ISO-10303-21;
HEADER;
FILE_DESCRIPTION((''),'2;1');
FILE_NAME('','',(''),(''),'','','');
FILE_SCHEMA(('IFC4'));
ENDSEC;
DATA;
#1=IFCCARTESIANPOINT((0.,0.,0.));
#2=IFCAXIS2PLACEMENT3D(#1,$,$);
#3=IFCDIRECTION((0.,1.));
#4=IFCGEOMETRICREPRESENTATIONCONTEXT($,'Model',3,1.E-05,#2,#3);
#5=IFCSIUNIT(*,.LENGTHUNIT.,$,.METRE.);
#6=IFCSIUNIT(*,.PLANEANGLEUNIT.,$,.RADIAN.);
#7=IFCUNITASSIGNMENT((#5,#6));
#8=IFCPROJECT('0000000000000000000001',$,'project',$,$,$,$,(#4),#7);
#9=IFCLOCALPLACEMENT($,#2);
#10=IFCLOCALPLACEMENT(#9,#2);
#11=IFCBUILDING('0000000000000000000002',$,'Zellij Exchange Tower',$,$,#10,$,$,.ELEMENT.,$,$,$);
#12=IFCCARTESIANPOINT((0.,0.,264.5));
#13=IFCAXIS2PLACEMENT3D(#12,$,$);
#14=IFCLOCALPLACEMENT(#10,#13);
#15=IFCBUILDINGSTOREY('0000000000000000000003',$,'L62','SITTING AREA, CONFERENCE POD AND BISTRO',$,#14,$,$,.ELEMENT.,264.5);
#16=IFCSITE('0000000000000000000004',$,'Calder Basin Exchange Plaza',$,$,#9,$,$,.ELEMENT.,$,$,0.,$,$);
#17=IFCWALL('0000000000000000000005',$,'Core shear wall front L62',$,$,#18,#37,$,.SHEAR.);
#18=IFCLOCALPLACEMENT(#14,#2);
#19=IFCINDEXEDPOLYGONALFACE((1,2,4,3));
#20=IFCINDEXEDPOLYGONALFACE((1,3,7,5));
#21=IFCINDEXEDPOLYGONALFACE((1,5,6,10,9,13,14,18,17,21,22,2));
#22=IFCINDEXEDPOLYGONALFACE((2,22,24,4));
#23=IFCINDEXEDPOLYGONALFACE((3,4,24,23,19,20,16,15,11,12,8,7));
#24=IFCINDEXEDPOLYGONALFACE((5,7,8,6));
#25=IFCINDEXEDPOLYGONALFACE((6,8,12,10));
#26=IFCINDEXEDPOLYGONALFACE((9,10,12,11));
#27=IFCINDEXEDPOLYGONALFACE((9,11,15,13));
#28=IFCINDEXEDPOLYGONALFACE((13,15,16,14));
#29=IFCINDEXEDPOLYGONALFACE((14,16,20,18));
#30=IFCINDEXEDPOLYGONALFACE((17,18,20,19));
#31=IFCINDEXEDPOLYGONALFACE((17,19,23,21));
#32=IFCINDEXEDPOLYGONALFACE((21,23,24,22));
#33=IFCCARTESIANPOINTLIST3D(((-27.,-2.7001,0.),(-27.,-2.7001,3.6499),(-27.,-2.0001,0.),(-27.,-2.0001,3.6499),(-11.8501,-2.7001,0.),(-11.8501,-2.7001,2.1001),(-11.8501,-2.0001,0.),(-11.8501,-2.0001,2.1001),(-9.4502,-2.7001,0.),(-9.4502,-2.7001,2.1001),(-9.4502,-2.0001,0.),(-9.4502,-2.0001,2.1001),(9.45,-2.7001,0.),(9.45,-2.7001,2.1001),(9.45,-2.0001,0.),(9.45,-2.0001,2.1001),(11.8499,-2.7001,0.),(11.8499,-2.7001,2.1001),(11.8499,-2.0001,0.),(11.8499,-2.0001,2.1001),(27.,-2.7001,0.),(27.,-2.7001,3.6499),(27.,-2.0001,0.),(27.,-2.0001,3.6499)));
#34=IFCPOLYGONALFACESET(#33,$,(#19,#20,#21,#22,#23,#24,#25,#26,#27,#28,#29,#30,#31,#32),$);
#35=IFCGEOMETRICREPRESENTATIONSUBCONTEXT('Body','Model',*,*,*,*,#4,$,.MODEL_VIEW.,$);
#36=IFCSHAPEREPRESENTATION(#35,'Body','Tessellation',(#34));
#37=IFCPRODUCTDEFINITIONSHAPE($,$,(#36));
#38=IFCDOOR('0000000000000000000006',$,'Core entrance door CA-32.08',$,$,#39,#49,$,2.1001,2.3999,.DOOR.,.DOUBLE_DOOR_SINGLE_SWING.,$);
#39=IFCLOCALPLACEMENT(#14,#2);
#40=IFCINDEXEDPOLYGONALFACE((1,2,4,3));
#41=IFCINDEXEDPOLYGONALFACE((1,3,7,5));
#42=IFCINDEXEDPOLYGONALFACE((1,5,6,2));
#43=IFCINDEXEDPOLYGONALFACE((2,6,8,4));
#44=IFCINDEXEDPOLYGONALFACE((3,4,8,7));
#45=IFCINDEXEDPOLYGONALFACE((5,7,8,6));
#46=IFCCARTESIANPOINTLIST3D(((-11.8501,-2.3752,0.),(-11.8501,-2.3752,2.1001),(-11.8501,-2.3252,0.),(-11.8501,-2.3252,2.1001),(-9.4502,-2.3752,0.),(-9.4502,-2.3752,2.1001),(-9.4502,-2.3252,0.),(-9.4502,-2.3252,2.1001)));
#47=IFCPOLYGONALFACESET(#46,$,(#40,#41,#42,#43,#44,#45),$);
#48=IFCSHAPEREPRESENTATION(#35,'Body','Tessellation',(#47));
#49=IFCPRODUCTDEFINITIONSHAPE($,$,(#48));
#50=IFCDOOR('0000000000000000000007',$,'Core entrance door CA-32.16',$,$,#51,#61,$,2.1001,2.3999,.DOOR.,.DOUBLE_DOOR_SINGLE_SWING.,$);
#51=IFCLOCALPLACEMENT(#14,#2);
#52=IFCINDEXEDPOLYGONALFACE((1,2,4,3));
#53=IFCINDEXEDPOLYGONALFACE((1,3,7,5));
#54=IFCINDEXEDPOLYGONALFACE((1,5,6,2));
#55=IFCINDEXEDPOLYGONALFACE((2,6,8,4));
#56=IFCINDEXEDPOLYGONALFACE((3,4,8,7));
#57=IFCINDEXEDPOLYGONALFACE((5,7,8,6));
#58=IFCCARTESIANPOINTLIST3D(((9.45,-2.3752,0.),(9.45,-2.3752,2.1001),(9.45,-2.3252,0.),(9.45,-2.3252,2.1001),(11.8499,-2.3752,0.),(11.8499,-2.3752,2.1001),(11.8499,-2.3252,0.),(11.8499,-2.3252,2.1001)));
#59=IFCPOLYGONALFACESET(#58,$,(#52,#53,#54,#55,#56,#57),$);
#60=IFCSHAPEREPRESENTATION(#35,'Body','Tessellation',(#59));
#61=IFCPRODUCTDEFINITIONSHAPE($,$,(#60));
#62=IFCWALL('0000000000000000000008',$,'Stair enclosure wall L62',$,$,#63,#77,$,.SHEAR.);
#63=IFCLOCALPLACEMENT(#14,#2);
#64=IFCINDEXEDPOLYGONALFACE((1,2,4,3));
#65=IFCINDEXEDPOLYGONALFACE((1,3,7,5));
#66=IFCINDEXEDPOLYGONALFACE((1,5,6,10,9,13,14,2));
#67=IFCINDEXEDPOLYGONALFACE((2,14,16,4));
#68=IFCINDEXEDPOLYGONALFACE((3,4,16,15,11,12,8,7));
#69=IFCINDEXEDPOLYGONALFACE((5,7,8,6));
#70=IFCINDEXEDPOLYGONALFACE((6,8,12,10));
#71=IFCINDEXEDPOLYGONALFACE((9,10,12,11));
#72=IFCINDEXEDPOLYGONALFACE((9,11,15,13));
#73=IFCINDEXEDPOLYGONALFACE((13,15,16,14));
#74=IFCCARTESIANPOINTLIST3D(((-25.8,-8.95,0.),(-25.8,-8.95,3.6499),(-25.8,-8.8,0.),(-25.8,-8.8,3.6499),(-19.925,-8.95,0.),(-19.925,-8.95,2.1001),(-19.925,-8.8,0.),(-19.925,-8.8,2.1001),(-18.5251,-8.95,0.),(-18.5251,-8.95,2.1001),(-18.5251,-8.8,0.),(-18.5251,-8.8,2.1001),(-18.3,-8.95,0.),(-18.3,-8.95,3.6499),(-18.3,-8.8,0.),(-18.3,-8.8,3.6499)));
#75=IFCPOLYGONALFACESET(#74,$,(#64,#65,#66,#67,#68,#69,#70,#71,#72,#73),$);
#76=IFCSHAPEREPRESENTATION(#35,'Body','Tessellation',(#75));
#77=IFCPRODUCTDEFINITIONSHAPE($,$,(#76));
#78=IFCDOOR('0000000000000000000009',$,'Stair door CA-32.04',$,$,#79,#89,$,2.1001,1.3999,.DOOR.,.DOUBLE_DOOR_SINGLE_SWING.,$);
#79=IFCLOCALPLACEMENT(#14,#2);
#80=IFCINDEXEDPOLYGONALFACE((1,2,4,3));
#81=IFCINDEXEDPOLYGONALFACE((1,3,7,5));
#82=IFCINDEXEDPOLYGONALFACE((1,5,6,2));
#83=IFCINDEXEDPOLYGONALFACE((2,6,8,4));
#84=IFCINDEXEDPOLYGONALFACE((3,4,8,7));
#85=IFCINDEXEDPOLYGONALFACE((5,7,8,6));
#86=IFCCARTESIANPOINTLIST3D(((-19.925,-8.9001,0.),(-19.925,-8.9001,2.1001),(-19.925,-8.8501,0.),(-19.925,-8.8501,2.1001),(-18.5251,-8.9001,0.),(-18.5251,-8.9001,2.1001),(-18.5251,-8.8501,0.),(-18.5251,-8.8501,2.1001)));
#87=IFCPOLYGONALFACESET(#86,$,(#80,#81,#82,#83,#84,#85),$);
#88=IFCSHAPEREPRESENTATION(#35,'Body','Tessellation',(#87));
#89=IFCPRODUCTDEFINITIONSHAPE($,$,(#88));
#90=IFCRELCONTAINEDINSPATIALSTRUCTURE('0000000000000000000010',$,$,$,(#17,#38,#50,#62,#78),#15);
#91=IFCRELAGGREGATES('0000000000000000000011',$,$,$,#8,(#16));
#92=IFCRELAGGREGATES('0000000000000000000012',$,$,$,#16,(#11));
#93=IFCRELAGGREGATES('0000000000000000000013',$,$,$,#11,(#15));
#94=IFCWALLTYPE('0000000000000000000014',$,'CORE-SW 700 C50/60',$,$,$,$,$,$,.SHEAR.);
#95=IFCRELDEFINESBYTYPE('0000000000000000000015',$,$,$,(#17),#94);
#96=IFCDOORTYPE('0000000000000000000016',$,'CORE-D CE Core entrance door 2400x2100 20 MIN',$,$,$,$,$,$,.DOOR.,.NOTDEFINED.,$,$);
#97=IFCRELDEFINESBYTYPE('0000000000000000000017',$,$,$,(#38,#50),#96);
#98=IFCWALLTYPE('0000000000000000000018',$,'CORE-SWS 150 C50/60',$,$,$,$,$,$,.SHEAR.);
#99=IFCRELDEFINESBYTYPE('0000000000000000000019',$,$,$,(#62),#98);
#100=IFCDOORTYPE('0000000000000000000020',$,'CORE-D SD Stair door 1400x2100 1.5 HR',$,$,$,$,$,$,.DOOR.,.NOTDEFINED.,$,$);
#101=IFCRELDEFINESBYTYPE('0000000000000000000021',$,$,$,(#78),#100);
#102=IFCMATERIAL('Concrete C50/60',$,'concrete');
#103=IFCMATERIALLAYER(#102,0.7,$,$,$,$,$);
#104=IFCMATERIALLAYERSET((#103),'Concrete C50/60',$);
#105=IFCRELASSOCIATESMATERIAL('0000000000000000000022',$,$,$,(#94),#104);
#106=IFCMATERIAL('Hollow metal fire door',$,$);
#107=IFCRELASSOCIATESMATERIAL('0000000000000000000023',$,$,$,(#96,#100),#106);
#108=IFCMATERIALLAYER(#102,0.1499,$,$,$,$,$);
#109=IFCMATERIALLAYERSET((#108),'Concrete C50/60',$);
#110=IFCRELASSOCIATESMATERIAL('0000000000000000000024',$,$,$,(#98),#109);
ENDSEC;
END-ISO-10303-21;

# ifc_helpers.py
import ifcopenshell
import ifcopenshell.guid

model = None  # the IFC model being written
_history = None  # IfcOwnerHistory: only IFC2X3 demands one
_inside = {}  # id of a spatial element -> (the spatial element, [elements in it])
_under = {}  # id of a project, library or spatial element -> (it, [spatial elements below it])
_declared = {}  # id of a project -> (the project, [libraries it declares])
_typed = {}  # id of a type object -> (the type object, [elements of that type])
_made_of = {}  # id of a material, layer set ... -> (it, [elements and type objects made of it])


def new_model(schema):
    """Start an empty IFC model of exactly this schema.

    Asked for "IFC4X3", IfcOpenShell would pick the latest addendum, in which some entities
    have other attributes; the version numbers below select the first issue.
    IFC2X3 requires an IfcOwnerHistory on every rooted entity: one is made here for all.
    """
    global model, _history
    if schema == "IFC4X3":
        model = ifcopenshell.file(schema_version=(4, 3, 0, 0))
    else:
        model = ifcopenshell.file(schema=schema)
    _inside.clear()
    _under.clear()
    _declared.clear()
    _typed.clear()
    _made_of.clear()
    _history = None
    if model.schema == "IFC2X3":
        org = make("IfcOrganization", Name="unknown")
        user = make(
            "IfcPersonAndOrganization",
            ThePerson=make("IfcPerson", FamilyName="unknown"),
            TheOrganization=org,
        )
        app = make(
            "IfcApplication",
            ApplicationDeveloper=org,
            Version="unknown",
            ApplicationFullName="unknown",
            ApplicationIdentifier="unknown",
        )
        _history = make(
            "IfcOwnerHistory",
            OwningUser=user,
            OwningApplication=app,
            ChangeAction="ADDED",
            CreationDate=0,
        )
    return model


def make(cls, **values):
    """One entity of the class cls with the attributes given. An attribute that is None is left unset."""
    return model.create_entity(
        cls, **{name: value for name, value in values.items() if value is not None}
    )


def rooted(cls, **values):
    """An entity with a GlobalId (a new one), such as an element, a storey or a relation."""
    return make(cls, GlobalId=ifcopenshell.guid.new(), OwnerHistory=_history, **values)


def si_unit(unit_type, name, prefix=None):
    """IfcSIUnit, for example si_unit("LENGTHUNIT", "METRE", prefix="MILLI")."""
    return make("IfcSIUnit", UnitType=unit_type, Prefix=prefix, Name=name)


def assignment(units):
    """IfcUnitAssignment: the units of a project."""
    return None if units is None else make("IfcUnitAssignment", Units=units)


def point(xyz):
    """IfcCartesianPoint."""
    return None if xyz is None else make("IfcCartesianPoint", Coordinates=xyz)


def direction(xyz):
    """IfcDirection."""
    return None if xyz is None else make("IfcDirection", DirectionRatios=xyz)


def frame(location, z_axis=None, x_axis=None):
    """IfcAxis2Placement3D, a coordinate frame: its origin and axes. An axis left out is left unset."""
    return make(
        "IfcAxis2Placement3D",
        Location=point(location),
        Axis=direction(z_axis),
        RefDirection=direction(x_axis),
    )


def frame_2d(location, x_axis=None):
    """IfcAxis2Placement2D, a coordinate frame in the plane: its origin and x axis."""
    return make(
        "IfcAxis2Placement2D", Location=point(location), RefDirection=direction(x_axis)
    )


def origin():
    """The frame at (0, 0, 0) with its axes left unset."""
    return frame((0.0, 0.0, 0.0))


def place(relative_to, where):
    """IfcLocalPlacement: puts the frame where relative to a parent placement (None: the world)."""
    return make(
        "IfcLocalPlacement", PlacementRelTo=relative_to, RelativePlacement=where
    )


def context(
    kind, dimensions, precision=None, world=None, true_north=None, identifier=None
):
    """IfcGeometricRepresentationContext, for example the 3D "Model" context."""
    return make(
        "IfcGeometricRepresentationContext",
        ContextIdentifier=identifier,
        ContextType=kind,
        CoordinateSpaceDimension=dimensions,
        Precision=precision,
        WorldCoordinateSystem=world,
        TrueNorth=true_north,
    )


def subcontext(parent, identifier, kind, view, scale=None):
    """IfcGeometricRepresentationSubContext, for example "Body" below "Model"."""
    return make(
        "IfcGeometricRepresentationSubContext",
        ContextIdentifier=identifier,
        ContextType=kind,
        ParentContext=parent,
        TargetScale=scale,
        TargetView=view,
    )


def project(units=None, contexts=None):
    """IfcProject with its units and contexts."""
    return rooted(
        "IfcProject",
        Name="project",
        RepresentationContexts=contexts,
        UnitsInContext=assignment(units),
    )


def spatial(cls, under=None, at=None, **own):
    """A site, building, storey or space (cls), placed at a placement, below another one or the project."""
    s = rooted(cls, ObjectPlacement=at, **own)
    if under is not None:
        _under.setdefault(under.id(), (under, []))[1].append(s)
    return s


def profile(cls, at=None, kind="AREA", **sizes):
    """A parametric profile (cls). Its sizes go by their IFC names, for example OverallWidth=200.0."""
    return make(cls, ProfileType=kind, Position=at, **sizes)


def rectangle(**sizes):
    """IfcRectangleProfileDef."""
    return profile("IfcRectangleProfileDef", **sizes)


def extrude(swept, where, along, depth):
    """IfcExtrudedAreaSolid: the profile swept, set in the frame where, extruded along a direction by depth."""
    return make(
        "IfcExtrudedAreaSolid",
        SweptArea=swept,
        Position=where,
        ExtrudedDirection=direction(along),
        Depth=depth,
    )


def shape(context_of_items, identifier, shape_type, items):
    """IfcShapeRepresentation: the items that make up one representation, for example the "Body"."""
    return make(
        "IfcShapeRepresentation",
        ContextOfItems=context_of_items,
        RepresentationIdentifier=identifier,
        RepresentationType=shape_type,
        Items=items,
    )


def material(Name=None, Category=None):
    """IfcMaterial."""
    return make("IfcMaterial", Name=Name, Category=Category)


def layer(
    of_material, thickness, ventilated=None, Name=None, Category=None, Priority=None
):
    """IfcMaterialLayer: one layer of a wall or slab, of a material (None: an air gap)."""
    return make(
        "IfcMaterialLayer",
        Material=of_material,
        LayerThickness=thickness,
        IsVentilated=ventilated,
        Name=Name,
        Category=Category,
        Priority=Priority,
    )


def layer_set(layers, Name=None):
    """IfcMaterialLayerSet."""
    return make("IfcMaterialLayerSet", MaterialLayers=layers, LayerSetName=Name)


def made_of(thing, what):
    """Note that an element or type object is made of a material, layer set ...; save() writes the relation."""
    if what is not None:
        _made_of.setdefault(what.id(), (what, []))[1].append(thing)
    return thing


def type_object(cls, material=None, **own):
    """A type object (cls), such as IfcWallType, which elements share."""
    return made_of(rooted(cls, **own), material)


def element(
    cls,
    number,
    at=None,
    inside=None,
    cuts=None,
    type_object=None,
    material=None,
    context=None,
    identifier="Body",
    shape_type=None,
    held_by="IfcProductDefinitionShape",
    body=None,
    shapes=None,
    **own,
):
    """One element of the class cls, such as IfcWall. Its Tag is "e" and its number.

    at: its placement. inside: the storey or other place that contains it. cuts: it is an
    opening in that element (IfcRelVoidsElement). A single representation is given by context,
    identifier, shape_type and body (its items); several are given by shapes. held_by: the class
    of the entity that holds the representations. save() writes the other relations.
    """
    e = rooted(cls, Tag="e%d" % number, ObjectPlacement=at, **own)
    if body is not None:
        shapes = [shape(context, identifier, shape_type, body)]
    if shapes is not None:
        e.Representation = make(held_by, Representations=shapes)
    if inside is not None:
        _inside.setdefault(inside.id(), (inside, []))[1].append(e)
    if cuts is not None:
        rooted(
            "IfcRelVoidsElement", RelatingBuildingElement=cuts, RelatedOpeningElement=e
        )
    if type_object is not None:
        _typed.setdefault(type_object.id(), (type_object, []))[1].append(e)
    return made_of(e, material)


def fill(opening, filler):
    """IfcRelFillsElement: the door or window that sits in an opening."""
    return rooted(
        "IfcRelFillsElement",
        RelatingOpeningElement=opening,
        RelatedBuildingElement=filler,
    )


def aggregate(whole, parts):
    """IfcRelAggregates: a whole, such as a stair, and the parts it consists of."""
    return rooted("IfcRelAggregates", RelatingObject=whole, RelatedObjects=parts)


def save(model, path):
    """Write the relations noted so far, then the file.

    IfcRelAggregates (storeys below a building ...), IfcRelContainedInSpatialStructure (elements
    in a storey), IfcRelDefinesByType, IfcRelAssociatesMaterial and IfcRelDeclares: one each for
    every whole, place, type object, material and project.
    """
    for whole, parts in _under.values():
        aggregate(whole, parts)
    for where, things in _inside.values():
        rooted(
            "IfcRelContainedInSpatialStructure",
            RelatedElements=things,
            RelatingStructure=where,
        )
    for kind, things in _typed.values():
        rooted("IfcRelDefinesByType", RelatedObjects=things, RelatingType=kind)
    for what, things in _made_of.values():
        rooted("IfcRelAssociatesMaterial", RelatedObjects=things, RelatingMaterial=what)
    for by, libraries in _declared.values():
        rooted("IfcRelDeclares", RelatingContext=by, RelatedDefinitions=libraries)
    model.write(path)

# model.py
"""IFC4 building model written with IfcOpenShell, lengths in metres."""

from ifc_helpers import new_model, si_unit, direction, frame, frame_2d, origin, place, context, subcontext, project, spatial, rectangle, extrude, material, layer, layer_set, type_object, element, fill, save


model = new_model("IFC4")

# Units and contexts
model_context = context("Model", 3, precision=1e-05, world=origin(), true_north=direction((0.0, 1.0)))
body_context = subcontext(model_context, "Body", "Model", "MODEL_VIEW")
ifc_project = project(units=[si_unit("LENGTHUNIT", "METRE"), si_unit("PLANEANGLEUNIT", "RADIAN")], contexts=[model_context])

# Site, building, storey
site_placement = place(None, origin())
site = spatial("IfcSite", under=ifc_project, at=site_placement, Name="Calder Basin Exchange Plaza", CompositionType="ELEMENT", RefElevation=0.0)
building_placement = place(site_placement, origin())
building = spatial("IfcBuilding", under=site, at=building_placement, Name="Zellij Exchange Tower", CompositionType="ELEMENT")
storey_placement = place(building_placement, frame((0.0, 0.0, 264.5)))
storey = spatial("IfcBuildingStorey", under=building, at=storey_placement, Name="L62", Description="SITTING AREA, CONFERENCE POD AND BISTRO", CompositionType="ELEMENT", Elevation=264.5)

# Shared definitions
ifc_material_1 = material(Name="Hollow metal fire door")

# Wall, openings, doors
ifc_material_2 = material(Name="Concrete C50/60", Category="concrete")
ifc_layer_1 = layer(ifc_material_2, 0.7)
ifc_layer_set_1 = layer_set([ifc_layer_1], Name="Concrete C50/60")
wall_type_1 = type_object("IfcWallType", Name="CORE-SW 700 C50/60", PredefinedType="SHEAR", material=ifc_layer_set_1)
wall_1_placement = place(storey_placement, frame((-27.0, -2.3501, 0.0), z_axis=(0.0, 0.0, 1.0), x_axis=(1.0, 0.0, 0.0)))
wall_1 = element("IfcWall", 1, at=wall_1_placement, inside=storey, type_object=wall_type_1, Name="Core shear wall front L62", PredefinedType="SHEAR", context=body_context, shape_type="SweptSolid", body=[
    extrude(rectangle(XDim=54.0, YDim=0.7, at=frame_2d((27.0, 0.0))), origin(), (0.0, 0.0, 1.0), 3.6499),
])
opening_1_placement = place(wall_1_placement, frame((15.1499, 0.0, 0.0)))
opening_1 = element("IfcOpeningElement", 2, at=opening_1_placement, cuts=wall_1, PredefinedType="OPENING", context=body_context, shape_type="SweptSolid", body=[
    extrude(rectangle(XDim=2.3999, YDim=2.1001, at=frame_2d((1.2, 1.05))), frame((0.0, 0.3618, 0.0), z_axis=(0.0, -1.0, 0.0), x_axis=(1.0, 0.0, 0.0)), (0.0, 0.0, 1.0), 0.7239),
])
opening_2_placement = place(wall_1_placement, frame((36.45, 0.0, 0.0)))
opening_2 = element("IfcOpeningElement", 3, at=opening_2_placement, cuts=wall_1, PredefinedType="OPENING", context=body_context, shape_type="SweptSolid", body=[
    extrude(rectangle(XDim=2.3999, YDim=2.1001, at=frame_2d((1.2, 1.05))), frame((0.0, 0.3618, 0.0), z_axis=(0.0, -1.0, 0.0), x_axis=(1.0, 0.0, 0.0)), (0.0, 0.0, 1.0), 0.7239),
])
door_type_1 = type_object("IfcDoorType", Name="CORE-D CE Core entrance door 2400x2100 20 MIN", OperationType="NOTDEFINED", PredefinedType="DOOR", material=ifc_material_1)
door_1_placement = place(opening_1_placement, origin())
door_1 = element("IfcDoor", 4, at=door_1_placement, inside=storey, type_object=door_type_1, Name="Core entrance door CA-32.08", OperationType="DOUBLE_DOOR_SINGLE_SWING", OverallHeight=2.1001, OverallWidth=2.3999, PredefinedType="DOOR", context=body_context, shape_type="SweptSolid", body=[
    extrude(rectangle(XDim=2.3999, YDim=2.1001, at=frame_2d((1.2, 1.05))), frame((0.0, 0.0249, 0.0), z_axis=(0.0, -1.0, 0.0), x_axis=(1.0, 0.0, 0.0)), (0.0, 0.0, 1.0), 0.05),
])
fill(opening_1, door_1)
door_2_placement = place(opening_2_placement, origin())
door_2 = element("IfcDoor", 5, at=door_2_placement, inside=storey, type_object=door_type_1, Name="Core entrance door CA-32.16", OperationType="DOUBLE_DOOR_SINGLE_SWING", OverallHeight=2.1001, OverallWidth=2.3999, PredefinedType="DOOR", context=body_context, shape_type="SweptSolid", body=[
    extrude(rectangle(XDim=2.3999, YDim=2.1001, at=frame_2d((1.2, 1.05))), frame((0.0, 0.0249, 0.0), z_axis=(0.0, -1.0, 0.0), x_axis=(1.0, 0.0, 0.0)), (0.0, 0.0, 1.0), 0.05),
])
fill(opening_2, door_2)

# Wall, opening, door
ifc_layer_2 = layer(ifc_material_2, 0.1499)
ifc_layer_set_2 = layer_set([ifc_layer_2], Name="Concrete C50/60")
wall_type_2 = type_object("IfcWallType", Name="CORE-SWS 150 C50/60", PredefinedType="SHEAR", material=ifc_layer_set_2)
wall_2_placement = place(storey_placement, frame((-25.8, -8.875, 0.0), z_axis=(0.0, 0.0, 1.0), x_axis=(1.0, 0.0, 0.0)))
wall_2 = element("IfcWall", 6, at=wall_2_placement, inside=storey, type_object=wall_type_2, Name="Stair enclosure wall L62", PredefinedType="SHEAR", context=body_context, shape_type="SweptSolid", body=[
    extrude(rectangle(XDim=7.5, YDim=0.1499, at=frame_2d((3.75, 0.0))), origin(), (0.0, 0.0, 1.0), 3.6499),
])
opening_3_placement = place(wall_2_placement, frame((5.875, 0.0, 0.0)))
opening_3 = element("IfcOpeningElement", 7, at=opening_3_placement, cuts=wall_2, PredefinedType="OPENING", context=body_context, shape_type="SweptSolid", body=[
    extrude(rectangle(XDim=1.3999, YDim=2.1001, at=frame_2d((0.7, 1.05))), frame((0.0, 0.0869, 0.0), z_axis=(0.0, -1.0, 0.0), x_axis=(1.0, 0.0, 0.0)), (0.0, 0.0, 1.0), 0.1738),
])
door_type_2 = type_object("IfcDoorType", Name="CORE-D SD Stair door 1400x2100 1.5 HR", OperationType="NOTDEFINED", PredefinedType="DOOR", material=ifc_material_1)
door_3_placement = place(opening_3_placement, origin())
door_3 = element("IfcDoor", 8, at=door_3_placement, inside=storey, type_object=door_type_2, Name="Stair door CA-32.04", OperationType="DOUBLE_DOOR_SINGLE_SWING", OverallHeight=2.1001, OverallWidth=1.3999, PredefinedType="DOOR", context=body_context, shape_type="SweptSolid", body=[
    extrude(rectangle(XDim=1.3999, YDim=2.1001, at=frame_2d((0.7, 1.05))), frame((0.0, 0.0249, 0.0), z_axis=(0.0, -1.0, 0.0), x_axis=(1.0, 0.0, 0.0)), (0.0, 0.0, 1.0), 0.05),
])
fill(opening_3, door_3)

save(model, "model.ifc")
